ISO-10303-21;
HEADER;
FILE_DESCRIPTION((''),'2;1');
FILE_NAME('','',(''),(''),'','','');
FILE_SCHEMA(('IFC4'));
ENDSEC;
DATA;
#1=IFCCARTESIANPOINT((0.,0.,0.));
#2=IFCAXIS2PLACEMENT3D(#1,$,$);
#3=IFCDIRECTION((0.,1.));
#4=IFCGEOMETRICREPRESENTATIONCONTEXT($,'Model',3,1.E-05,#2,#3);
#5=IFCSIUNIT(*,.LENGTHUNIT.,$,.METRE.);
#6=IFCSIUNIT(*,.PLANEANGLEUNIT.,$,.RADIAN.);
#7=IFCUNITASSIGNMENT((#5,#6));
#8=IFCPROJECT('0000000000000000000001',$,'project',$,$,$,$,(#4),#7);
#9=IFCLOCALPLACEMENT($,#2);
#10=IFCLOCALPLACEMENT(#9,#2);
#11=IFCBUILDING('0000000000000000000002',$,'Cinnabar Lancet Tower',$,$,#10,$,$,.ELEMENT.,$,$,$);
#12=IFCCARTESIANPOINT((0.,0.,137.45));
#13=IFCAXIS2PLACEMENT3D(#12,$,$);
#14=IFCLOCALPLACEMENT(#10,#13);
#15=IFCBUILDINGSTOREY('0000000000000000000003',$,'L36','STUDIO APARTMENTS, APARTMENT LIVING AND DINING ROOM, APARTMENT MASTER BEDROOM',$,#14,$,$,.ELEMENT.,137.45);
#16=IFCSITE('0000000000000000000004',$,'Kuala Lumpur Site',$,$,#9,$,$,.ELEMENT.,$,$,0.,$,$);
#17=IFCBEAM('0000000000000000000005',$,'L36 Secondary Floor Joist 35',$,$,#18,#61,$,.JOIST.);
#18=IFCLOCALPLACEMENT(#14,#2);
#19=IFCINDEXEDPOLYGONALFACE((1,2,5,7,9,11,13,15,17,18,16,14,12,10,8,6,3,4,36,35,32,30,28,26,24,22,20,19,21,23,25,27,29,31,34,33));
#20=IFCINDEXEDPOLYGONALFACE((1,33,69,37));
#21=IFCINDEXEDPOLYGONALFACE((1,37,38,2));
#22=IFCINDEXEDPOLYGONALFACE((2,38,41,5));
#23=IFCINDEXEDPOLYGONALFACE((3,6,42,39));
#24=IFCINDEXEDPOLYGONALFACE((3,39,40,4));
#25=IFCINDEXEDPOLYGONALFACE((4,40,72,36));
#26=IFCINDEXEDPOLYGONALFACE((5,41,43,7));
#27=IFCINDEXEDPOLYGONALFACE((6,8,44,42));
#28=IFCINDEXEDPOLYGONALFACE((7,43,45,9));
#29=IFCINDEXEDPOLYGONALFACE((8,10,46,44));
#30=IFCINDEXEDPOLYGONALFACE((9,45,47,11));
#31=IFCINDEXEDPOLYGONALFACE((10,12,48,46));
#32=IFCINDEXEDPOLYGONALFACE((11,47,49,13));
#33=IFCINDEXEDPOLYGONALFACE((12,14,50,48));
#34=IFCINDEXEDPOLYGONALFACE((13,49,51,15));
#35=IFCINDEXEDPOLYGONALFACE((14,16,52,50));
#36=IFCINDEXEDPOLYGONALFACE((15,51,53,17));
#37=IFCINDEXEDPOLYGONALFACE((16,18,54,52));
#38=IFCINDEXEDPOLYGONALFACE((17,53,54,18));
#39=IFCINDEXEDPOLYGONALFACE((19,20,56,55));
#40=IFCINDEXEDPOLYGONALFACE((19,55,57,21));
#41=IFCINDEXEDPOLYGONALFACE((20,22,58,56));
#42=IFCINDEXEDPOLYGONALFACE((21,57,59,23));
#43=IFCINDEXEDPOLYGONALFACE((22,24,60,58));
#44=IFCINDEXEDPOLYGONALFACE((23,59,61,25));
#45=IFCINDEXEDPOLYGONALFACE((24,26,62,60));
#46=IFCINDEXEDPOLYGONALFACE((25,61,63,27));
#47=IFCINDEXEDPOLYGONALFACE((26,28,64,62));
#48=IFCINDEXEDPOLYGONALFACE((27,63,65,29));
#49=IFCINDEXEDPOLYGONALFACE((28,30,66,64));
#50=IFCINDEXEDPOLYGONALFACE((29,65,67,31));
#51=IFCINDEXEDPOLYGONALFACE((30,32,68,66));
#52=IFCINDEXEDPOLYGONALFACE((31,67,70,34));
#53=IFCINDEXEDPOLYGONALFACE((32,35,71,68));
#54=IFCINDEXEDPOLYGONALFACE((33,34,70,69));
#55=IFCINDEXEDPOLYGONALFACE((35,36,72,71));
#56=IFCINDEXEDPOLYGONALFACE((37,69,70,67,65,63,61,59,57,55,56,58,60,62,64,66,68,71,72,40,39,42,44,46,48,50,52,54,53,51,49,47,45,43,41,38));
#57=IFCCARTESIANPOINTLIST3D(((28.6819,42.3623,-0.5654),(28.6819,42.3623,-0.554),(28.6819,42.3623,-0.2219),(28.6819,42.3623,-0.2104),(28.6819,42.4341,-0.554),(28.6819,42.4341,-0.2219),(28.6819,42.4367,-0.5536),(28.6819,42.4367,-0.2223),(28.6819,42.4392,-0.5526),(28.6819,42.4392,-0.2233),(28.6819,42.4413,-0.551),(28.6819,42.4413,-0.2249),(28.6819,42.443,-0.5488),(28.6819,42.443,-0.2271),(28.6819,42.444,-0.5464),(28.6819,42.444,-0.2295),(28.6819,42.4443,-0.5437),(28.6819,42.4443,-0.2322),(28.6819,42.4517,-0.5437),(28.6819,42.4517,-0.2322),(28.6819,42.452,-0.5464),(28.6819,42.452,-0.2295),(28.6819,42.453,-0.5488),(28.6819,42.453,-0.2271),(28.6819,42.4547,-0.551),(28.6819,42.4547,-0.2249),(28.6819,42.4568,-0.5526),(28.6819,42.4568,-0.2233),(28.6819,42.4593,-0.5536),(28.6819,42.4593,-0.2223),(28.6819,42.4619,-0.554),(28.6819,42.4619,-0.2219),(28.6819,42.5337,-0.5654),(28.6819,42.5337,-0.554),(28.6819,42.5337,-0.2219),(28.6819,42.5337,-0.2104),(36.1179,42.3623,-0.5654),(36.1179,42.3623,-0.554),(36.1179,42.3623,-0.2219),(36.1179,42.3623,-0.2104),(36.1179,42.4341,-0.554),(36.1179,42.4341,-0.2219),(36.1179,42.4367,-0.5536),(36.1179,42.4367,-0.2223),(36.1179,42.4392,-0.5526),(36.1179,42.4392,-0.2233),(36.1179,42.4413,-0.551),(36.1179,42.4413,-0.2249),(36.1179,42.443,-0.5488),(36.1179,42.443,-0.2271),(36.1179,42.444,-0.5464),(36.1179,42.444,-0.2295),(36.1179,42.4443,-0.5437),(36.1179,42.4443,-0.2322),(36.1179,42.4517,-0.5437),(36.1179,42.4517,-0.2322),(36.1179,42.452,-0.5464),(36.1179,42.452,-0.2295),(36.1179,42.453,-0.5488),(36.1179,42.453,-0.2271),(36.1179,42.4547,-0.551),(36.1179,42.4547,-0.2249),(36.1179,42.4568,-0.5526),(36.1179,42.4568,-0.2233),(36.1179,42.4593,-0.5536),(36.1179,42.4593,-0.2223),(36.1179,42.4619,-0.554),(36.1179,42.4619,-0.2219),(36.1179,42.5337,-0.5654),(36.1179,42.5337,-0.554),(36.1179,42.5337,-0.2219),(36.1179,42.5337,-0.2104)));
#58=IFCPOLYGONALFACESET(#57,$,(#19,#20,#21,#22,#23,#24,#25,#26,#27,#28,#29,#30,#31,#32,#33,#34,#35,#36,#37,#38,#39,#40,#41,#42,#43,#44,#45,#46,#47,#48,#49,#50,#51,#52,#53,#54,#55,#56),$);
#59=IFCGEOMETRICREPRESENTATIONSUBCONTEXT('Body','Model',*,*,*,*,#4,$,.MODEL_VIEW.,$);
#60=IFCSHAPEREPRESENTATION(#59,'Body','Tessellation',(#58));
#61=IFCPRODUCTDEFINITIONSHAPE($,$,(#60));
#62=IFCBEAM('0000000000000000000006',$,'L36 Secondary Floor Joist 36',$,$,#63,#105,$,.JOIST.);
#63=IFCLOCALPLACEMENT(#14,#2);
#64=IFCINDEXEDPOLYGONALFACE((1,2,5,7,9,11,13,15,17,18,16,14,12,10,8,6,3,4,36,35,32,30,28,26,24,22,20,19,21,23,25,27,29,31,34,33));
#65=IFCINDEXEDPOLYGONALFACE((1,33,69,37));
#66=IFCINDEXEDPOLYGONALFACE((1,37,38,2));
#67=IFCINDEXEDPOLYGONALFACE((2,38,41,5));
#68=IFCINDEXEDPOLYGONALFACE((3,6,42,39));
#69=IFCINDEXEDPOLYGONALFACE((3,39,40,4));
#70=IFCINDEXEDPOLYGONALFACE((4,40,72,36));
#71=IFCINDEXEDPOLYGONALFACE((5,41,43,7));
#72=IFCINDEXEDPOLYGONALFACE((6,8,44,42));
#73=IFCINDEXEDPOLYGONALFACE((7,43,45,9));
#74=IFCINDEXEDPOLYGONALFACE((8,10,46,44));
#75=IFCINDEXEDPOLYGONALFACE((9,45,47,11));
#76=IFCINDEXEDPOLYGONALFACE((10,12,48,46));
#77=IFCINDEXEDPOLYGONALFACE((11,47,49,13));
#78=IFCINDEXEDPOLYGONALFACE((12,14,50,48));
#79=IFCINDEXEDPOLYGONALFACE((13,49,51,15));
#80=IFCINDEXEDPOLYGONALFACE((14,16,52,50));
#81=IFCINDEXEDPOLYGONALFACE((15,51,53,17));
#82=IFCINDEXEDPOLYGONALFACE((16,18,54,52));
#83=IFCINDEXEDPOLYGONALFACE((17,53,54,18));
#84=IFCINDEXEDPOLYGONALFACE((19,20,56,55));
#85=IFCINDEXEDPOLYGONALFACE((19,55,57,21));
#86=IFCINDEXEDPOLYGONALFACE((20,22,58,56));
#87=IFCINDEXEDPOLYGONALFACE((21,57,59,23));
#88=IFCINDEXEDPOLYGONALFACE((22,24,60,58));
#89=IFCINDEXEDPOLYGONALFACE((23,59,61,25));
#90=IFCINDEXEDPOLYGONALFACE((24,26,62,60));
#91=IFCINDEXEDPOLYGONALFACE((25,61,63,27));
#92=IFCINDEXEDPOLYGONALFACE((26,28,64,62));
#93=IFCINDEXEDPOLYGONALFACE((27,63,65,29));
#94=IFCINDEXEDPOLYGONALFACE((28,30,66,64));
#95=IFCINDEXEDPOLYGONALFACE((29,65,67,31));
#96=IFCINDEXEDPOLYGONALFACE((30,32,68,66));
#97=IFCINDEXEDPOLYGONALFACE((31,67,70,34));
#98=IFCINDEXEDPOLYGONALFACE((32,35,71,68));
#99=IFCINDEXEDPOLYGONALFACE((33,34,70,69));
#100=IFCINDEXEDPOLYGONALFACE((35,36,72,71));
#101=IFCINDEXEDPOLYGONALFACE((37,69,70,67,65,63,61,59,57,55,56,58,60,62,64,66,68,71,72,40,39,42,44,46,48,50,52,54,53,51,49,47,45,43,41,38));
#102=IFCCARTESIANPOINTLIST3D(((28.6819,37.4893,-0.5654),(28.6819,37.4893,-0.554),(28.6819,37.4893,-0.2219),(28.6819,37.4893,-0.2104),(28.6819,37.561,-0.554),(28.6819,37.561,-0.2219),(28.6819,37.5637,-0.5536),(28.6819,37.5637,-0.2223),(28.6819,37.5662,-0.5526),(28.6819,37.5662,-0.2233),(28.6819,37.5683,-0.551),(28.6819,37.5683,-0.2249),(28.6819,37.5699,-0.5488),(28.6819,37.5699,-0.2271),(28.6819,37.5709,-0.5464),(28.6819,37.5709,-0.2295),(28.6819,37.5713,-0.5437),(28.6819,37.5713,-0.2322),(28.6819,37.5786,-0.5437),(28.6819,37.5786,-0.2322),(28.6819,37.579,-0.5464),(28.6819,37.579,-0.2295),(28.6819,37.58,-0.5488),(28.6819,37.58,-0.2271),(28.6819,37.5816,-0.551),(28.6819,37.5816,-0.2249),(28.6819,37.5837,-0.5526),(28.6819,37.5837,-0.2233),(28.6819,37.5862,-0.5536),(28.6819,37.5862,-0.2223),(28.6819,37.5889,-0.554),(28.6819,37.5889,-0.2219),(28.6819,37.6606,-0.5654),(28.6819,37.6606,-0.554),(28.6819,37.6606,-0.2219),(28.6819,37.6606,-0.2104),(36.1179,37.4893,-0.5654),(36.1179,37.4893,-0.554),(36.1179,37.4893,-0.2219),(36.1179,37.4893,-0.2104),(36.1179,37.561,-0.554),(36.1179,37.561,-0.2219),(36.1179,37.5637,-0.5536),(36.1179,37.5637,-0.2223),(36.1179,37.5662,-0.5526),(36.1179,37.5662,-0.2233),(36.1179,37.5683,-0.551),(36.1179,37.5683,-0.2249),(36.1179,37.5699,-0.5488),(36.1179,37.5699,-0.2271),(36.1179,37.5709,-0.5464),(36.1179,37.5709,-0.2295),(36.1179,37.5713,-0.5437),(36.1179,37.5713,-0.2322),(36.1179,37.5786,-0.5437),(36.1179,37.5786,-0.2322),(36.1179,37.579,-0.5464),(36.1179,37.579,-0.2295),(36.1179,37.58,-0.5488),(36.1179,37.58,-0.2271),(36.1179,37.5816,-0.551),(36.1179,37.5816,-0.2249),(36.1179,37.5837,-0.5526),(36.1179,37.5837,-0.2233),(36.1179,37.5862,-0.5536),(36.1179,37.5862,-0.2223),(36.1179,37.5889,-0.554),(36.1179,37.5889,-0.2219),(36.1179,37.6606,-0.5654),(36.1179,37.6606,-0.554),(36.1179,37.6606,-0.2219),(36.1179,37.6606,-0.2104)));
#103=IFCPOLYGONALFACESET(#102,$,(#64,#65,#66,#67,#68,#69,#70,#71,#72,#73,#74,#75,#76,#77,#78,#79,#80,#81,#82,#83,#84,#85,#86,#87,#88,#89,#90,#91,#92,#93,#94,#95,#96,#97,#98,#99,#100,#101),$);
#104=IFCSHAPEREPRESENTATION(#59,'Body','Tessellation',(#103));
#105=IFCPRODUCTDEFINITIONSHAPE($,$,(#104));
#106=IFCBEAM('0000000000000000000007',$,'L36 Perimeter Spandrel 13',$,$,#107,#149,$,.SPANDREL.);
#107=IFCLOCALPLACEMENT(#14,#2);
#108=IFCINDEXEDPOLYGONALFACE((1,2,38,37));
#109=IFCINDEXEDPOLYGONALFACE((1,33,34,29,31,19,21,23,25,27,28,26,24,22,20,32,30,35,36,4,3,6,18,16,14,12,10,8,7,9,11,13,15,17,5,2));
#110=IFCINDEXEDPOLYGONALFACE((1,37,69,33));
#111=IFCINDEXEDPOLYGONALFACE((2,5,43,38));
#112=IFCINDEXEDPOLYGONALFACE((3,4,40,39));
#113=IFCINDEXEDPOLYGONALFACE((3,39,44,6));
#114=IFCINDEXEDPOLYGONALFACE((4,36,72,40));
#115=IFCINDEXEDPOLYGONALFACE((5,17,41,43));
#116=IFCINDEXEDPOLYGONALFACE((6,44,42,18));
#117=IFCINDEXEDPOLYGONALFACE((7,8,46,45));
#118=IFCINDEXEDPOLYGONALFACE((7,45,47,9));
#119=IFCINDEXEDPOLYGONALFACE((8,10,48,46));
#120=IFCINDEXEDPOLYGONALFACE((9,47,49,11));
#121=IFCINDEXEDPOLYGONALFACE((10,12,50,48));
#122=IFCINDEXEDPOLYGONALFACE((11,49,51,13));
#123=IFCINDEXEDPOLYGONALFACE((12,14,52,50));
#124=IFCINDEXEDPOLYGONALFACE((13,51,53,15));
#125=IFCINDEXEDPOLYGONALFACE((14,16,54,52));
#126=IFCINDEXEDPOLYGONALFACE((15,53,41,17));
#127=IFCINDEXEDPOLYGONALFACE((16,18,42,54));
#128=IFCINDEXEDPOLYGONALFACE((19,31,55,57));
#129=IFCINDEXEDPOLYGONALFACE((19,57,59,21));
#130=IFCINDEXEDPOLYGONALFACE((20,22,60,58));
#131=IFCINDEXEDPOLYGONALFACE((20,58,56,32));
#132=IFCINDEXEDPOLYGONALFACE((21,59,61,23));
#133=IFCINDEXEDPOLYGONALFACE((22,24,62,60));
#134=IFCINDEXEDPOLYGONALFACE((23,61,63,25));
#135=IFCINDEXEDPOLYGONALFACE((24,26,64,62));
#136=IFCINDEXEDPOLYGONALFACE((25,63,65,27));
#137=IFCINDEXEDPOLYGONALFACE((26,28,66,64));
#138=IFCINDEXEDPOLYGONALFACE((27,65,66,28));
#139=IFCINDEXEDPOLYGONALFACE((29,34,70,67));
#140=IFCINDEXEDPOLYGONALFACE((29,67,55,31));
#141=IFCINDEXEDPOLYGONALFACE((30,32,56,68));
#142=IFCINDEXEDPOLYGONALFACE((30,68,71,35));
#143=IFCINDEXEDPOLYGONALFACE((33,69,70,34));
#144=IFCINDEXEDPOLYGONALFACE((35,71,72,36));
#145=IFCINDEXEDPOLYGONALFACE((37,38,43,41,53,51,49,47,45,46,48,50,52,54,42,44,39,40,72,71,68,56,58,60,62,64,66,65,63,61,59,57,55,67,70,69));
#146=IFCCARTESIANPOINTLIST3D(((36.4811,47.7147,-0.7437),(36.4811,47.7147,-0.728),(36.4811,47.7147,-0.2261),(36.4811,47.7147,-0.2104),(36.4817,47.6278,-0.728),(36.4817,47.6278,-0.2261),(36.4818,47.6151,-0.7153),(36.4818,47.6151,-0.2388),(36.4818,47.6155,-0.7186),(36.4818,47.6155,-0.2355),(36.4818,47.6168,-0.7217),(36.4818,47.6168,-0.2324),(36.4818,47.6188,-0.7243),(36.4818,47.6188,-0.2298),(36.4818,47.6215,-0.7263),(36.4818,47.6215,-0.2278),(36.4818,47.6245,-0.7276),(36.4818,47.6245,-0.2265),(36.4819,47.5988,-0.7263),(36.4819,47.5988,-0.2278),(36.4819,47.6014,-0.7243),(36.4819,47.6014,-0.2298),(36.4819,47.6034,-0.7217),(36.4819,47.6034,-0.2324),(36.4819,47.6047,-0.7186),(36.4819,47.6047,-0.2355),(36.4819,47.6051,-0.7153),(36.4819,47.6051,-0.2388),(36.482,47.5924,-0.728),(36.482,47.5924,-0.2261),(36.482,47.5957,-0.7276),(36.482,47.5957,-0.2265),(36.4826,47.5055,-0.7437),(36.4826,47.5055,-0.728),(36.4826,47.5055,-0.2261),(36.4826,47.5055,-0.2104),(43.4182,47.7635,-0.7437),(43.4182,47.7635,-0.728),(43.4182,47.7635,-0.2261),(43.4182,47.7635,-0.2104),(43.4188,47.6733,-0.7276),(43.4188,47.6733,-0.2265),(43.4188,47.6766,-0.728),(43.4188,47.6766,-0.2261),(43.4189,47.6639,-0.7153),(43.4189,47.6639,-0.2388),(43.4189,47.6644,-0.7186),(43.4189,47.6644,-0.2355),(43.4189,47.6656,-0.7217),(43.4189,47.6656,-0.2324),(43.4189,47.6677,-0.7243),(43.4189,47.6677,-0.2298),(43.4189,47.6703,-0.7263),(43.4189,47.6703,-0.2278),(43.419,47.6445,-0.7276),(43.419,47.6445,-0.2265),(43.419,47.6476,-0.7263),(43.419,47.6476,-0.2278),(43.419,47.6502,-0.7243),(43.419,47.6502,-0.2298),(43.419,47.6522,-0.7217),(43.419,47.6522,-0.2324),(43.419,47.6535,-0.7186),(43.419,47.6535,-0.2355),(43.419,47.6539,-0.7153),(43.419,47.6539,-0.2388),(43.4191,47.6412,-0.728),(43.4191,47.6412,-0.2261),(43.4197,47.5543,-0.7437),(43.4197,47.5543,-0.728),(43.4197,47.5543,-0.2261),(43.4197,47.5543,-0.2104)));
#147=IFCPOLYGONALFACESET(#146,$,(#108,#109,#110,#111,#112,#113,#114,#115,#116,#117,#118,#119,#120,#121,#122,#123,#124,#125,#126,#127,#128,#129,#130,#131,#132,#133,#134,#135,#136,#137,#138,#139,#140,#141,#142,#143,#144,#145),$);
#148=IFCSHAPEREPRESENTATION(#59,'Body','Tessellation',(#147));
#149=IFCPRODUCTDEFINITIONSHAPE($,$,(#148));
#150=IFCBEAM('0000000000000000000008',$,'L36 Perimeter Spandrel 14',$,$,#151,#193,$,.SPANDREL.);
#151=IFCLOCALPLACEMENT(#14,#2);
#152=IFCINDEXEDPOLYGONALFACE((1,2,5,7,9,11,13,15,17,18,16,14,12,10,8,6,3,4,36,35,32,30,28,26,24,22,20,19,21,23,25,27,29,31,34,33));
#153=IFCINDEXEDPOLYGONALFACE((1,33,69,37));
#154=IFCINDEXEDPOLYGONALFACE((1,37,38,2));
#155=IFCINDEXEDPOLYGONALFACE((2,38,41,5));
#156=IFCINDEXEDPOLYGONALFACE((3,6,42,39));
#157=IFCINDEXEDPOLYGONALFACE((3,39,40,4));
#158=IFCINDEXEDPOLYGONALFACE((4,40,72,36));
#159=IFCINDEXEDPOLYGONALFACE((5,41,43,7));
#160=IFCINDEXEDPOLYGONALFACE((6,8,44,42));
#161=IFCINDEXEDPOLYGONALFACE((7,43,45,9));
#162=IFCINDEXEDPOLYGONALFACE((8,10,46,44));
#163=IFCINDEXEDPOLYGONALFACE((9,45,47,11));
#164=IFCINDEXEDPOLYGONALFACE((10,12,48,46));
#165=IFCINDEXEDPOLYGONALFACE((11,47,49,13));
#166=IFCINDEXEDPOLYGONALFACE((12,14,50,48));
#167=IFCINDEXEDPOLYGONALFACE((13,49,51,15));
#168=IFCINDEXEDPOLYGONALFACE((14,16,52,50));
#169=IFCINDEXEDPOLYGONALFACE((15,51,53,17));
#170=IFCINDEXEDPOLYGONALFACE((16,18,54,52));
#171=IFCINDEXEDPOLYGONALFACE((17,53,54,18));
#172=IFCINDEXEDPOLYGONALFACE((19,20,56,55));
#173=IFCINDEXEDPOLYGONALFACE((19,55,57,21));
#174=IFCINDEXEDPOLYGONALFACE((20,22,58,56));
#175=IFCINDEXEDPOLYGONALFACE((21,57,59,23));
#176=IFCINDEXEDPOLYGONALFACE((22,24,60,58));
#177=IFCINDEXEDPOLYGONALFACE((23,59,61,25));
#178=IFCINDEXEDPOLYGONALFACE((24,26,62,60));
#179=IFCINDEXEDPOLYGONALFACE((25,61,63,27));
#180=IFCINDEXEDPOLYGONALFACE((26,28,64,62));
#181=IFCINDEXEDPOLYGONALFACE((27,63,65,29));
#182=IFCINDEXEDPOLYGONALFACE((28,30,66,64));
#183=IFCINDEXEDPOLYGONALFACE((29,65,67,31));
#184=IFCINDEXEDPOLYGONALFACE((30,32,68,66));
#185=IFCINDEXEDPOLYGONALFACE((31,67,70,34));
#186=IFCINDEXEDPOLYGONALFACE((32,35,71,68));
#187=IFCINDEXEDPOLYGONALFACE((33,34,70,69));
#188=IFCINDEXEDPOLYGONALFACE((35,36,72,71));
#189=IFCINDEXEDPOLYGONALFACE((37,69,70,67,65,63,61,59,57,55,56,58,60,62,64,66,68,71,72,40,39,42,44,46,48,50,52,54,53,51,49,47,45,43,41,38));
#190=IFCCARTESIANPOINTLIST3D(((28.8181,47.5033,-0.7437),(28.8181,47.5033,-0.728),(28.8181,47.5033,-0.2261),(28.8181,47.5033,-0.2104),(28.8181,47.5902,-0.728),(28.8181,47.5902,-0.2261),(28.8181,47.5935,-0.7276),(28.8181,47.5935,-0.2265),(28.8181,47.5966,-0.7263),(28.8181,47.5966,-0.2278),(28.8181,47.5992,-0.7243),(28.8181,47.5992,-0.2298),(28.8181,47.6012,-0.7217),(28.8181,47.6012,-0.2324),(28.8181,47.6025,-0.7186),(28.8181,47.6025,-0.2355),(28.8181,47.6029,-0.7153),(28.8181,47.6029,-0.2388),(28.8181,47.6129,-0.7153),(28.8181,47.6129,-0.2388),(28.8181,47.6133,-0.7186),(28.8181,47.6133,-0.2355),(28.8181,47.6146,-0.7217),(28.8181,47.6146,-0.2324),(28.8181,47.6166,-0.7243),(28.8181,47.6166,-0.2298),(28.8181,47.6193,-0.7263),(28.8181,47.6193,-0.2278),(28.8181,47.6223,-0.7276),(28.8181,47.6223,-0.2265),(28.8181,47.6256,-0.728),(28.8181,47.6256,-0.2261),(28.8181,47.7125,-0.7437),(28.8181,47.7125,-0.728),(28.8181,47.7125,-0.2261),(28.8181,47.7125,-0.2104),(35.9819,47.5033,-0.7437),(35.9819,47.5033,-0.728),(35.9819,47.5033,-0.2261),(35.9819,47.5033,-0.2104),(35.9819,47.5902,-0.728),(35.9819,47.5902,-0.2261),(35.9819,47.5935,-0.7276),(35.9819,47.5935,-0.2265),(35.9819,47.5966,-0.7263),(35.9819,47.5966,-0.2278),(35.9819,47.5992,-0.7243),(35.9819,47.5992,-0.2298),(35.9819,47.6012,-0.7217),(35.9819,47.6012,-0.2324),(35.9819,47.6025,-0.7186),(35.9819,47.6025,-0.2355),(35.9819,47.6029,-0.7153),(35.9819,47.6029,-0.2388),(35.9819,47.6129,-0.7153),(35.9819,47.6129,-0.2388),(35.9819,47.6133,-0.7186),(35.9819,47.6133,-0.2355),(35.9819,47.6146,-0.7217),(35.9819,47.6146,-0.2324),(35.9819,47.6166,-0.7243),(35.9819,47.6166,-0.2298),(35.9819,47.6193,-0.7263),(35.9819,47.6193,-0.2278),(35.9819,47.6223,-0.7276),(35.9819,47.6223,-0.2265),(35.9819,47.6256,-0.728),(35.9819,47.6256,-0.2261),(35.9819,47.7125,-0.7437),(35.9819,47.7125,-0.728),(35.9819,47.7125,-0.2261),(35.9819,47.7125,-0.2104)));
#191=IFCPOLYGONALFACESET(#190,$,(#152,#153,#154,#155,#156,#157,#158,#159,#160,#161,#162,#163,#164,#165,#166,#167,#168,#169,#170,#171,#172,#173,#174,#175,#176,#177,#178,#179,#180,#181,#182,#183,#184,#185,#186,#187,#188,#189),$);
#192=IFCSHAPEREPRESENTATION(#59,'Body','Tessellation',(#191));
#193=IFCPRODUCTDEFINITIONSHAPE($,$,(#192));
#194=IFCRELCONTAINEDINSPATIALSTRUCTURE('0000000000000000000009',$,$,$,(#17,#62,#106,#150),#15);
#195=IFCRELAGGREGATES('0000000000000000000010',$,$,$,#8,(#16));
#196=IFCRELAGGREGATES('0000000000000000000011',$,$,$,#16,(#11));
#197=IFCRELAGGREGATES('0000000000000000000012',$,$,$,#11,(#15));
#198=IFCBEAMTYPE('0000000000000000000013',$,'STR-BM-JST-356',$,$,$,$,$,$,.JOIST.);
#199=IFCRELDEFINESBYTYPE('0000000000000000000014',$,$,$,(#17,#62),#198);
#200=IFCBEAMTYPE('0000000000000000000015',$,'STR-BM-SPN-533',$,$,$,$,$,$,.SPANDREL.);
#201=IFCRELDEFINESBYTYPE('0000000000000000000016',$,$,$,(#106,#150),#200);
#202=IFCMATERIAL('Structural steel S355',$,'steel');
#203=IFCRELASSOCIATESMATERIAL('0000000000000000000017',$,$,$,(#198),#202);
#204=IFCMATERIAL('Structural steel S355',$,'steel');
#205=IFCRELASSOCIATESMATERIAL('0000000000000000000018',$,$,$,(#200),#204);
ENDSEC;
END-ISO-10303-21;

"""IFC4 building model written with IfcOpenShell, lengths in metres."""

from ifc_helpers import new_model, si_unit, direction, frame, origin, origin_2d, place, context, subcontext, project, spatial, i_section, extrude, material, material_profile, profile_set, type_object, element, save


model = new_model("IFC4")

# Units and contexts
model_context = context("Model", 3, precision=1e-05, world=origin(), true_north=direction((0.0, 1.0)))
body_context = subcontext(model_context, "Body", "Model", "MODEL_VIEW")
ifc_project = project(units=[si_unit("LENGTHUNIT", "METRE"), si_unit("PLANEANGLEUNIT", "RADIAN")], contexts=[model_context])

# Site, building, storey
site_placement = place(None, origin())
site = spatial("IfcSite", under=ifc_project, at=site_placement, Name="Kuala Lumpur Site", CompositionType="ELEMENT", RefElevation=0.0)
building_placement = place(site_placement, origin())
building = spatial("IfcBuilding", under=site, at=building_placement, Name="Cinnabar Lancet Tower", CompositionType="ELEMENT")
storey_placement = place(building_placement, frame((0.0, 0.0, 137.45)))
storey = spatial("IfcBuildingStorey", under=building, at=storey_placement, Name="L36", Description="STUDIO APARTMENTS, APARTMENT LIVING AND DINING ROOM, APARTMENT MASTER BEDROOM", CompositionType="ELEMENT", Elevation=137.45)

# Beams
ifc_material_1 = material(Name="Structural steel S355", Category="steel")
ifc_material_profile_1 = material_profile(ifc_material_1, i_section(OverallWidth=0.1714, OverallDepth=0.355, WebThickness=0.0073, FlangeThickness=0.0115, FilletRadius=0.0103, at=origin_2d()), Name="UKB 356x171x51")
ifc_profile_set_1 = profile_set([ifc_material_profile_1], Name="Structural steel S355")
beam_type_1 = type_object("IfcBeamType", Name="STR-BM-JST-356", PredefinedType="JOIST", material=ifc_profile_set_1)
for number, where, z_axis, x_axis, name in (
    (1, (36.1179, 42.448, -0.3879), (-1.0, 0.0, 0.0), (0.0, -1.0, 0.0), "L36 Secondary Floor Joist 35"),
    (2, (36.1179, 37.575, -0.3879), (-1.0, 0.0, 0.0), (0.0, -1.0, 0.0), "L36 Secondary Floor Joist 36"),
):
    element("IfcBeam", number, at=place(storey_placement, frame(where, z_axis=z_axis, x_axis=x_axis)), inside=storey, type_object=beam_type_1, Name=name, PredefinedType="JOIST", context=body_context, shape_type="SweptSolid", body=[
        extrude(i_section(OverallWidth=0.1714, OverallDepth=0.355, WebThickness=0.0073, FlangeThickness=0.0115, FilletRadius=0.0103, at=origin_2d()), origin(), (0.0, 0.0, 1.0), 7.436),
    ])
ifc_material_2 = material(Name="Structural steel S355", Category="steel")
ifc_material_profile_2 = material_profile(ifc_material_2, i_section(OverallWidth=0.2092, OverallDepth=0.5332, WebThickness=0.01, FlangeThickness=0.0156, FilletRadius=0.0127, at=origin_2d()), Name="UKB 533x210x92")
ifc_profile_set_2 = profile_set([ifc_material_profile_2], Name="Structural steel S355")
beam_type_2 = type_object("IfcBeamType", Name="STR-BM-SPN-533", PredefinedType="SPANDREL", material=ifc_profile_set_2)
beam_1_placement = place(storey_placement, frame((43.4189, 47.6589, -0.4771), z_axis=(-0.999975, -0.007039, 0.0), x_axis=(0.007039, -0.999975, 0.0)))
element("IfcBeam", 3, at=beam_1_placement, inside=storey, type_object=beam_type_2, Name="L36 Perimeter Spandrel 13", PredefinedType="SPANDREL", context=body_context, shape_type="SweptSolid", body=[
    extrude(i_section(OverallWidth=0.2092, OverallDepth=0.5332, WebThickness=0.01, FlangeThickness=0.0156, FilletRadius=0.0127, at=origin_2d()), origin(), (0.0, 0.0, 1.0), 6.9373),
])
beam_2_placement = place(storey_placement, frame((35.9819, 47.6079, -0.4771), z_axis=(-1.0, 0.0, 0.0), x_axis=(0.0, -1.0, 0.0)))
element("IfcBeam", 4, at=beam_2_placement, inside=storey, type_object=beam_type_2, Name="L36 Perimeter Spandrel 14", PredefinedType="SPANDREL", context=body_context, shape_type="SweptSolid", body=[
    extrude(i_section(OverallWidth=0.2092, OverallDepth=0.5332, WebThickness=0.01, FlangeThickness=0.0156, FilletRadius=0.0127, at=origin_2d()), origin(), (0.0, 0.0, 1.0), 7.1638),
])

save(model, "model.ifc")
